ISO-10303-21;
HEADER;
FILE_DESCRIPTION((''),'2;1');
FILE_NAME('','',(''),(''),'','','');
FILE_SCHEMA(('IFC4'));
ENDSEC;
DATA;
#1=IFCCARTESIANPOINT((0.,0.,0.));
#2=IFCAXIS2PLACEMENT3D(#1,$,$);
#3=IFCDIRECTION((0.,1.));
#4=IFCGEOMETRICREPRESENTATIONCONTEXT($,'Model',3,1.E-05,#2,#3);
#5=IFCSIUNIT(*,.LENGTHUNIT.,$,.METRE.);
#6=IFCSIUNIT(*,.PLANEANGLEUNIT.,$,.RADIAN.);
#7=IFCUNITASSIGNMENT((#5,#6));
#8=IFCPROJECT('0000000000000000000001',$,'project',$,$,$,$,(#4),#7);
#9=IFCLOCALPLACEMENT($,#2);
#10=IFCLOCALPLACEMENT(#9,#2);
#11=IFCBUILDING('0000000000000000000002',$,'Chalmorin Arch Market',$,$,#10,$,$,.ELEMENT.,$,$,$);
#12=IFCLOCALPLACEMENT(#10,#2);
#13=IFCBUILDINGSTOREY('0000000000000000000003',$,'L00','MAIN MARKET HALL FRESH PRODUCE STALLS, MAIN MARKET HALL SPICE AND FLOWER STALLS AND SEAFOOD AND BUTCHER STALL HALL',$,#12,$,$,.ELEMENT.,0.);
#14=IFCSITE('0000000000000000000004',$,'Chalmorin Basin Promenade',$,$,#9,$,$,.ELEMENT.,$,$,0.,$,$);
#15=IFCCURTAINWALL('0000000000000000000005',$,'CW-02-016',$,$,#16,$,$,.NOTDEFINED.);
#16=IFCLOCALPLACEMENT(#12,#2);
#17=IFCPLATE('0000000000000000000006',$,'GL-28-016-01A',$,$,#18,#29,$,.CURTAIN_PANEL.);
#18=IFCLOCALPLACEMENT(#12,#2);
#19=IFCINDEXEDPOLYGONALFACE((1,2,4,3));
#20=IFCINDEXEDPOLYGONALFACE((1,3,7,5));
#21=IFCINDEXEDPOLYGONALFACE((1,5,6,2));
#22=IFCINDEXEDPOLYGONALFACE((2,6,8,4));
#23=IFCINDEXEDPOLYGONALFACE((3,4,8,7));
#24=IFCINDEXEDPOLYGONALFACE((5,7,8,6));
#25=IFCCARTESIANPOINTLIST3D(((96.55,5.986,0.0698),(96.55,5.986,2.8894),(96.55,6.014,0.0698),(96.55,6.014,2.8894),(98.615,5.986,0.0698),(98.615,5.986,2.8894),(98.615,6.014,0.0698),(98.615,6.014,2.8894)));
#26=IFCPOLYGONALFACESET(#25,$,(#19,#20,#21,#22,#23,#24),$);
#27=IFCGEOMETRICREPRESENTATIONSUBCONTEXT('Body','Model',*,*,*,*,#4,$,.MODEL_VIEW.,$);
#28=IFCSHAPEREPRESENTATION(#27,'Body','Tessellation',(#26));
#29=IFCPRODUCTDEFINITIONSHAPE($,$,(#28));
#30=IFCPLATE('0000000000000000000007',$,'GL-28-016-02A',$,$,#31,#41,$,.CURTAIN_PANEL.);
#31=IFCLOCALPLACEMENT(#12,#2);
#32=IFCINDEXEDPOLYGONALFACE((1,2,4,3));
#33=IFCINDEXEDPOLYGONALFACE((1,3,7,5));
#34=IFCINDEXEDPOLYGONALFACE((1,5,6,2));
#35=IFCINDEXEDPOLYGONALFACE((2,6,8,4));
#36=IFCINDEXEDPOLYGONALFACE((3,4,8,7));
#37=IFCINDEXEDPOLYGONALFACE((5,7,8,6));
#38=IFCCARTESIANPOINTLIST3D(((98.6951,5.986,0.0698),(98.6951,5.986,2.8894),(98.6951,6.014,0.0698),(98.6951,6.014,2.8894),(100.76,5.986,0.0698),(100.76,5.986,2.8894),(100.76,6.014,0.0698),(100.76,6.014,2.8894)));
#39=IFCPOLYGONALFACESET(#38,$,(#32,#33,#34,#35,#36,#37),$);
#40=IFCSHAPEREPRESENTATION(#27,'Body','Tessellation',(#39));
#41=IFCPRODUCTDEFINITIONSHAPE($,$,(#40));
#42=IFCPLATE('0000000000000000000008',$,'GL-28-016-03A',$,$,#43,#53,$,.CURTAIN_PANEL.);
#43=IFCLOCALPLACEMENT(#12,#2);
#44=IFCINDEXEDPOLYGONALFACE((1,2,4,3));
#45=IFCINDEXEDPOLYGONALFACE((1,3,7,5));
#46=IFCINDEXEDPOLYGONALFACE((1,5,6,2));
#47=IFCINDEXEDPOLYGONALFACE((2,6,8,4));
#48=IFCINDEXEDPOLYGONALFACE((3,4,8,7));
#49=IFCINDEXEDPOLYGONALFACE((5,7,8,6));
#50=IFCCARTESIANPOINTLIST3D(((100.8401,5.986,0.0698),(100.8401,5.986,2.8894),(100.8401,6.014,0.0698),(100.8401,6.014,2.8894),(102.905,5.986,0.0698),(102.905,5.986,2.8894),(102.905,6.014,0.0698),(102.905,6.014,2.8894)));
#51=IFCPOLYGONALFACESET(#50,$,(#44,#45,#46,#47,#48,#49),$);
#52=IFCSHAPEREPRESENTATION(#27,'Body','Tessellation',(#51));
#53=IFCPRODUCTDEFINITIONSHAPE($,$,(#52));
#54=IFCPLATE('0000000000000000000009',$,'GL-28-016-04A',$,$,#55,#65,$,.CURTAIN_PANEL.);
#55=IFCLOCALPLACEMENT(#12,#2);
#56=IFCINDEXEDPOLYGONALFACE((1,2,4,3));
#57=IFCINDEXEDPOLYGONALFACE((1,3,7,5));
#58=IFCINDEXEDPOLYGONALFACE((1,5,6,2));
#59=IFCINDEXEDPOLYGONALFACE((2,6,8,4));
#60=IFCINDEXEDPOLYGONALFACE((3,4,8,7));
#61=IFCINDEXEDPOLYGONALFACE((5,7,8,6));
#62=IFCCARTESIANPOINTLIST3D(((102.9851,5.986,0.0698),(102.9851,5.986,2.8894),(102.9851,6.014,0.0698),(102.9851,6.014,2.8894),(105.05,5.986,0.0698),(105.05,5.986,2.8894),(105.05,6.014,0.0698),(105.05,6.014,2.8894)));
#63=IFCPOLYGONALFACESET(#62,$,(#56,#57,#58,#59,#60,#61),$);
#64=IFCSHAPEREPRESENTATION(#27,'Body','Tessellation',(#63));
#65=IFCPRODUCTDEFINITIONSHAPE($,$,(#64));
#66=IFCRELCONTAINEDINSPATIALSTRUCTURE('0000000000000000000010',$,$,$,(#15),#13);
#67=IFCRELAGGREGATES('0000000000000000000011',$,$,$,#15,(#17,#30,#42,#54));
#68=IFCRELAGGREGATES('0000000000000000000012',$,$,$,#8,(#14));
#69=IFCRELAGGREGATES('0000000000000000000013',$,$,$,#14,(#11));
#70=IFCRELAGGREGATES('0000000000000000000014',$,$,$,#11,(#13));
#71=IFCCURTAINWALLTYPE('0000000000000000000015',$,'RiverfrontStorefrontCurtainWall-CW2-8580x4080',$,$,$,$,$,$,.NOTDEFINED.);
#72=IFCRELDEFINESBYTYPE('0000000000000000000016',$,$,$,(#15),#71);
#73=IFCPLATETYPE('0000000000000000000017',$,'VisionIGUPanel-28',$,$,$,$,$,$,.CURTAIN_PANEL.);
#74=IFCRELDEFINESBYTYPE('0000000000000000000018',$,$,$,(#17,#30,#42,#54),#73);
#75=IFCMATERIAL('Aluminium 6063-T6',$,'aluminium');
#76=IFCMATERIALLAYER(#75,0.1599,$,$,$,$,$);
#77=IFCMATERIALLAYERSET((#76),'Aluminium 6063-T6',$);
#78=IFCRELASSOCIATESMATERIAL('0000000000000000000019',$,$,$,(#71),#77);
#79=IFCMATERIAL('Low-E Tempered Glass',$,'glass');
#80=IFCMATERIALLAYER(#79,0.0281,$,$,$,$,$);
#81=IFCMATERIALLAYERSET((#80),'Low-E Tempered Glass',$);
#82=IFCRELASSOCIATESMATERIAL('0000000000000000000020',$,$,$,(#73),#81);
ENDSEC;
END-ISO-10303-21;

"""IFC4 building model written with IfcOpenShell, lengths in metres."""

from ifc_helpers import new_model, si_unit, direction, frame, origin, origin_2d, place, context, subcontext, project, spatial, rectangle, extrude, material, layer, layer_set, type_object, element, aggregate, save


model = new_model("IFC4")

# Units and contexts
model_context = context("Model", 3, precision=1e-05, world=origin(), true_north=direction((0.0, 1.0)))
body_context = subcontext(model_context, "Body", "Model", "MODEL_VIEW")
ifc_project = project(units=[si_unit("LENGTHUNIT", "METRE"), si_unit("PLANEANGLEUNIT", "RADIAN")], contexts=[model_context])

# Site, building, storey
site_placement = place(None, origin())
site = spatial("IfcSite", under=ifc_project, at=site_placement, Name="Chalmorin Basin Promenade", CompositionType="ELEMENT", RefElevation=0.0)
building_placement = place(site_placement, origin())
building = spatial("IfcBuilding", under=site, at=building_placement, Name="Chalmorin Arch Market", CompositionType="ELEMENT")
storey_placement = place(building_placement, origin())
storey = spatial("IfcBuildingStorey", under=building, at=storey_placement, Name="L00", Description="MAIN MARKET HALL FRESH PRODUCE STALLS, MAIN MARKET HALL SPICE AND FLOWER STALLS AND SEAFOOD AND BUTCHER STALL HALL", CompositionType="ELEMENT", Elevation=0.0)

# Curtain wall
ifc_material_1 = material(Name="Aluminium 6063-T6", Category="aluminium")
ifc_layer_1 = layer(ifc_material_1, 0.1599)
ifc_layer_set_1 = layer_set([ifc_layer_1], Name="Aluminium 6063-T6")
curtain_wall_type = type_object("IfcCurtainWallType", Name="RiverfrontStorefrontCurtainWall-CW2-8580x4080", PredefinedType="NOTDEFINED", material=ifc_layer_set_1)
curtain_wall_placement = place(storey_placement, origin())
curtain_wall = element("IfcCurtainWall", 1, at=curtain_wall_placement, inside=storey, type_object=curtain_wall_type, Name="CW-02-016", PredefinedType="NOTDEFINED")

# Plates
ifc_material_2 = material(Name="Low-E Tempered Glass", Category="glass")
ifc_layer_2 = layer(ifc_material_2, 0.0281)
ifc_layer_set_2 = layer_set([ifc_layer_2], Name="Low-E Tempered Glass")
plate_type_1 = type_object("IfcPlateType", Name="VisionIGUPanel-28", PredefinedType="CURTAIN_PANEL", material=ifc_layer_set_2)
plate_1_placement = place(storey_placement, frame((97.5825, 6.0, 0.0698), z_axis=(0.0, 0.0, 1.0), x_axis=(1.0, 0.0, 0.0)))
plate_1 = element("IfcPlate", 2, at=plate_1_placement, type_object=plate_type_1, Name="GL-28-016-01A", PredefinedType="CURTAIN_PANEL", context=body_context, shape_type="SweptSolid", body=[
    extrude(rectangle(XDim=2.0649, YDim=0.0281, at=origin_2d()), origin(), (0.0, 0.0, 1.0), 2.8196),
])
plate_2_placement = place(storey_placement, frame((99.7275, 6.0, 0.0698), z_axis=(0.0, 0.0, 1.0), x_axis=(1.0, 0.0, 0.0)))
plate_2 = element("IfcPlate", 3, at=plate_2_placement, type_object=plate_type_1, Name="GL-28-016-02A", PredefinedType="CURTAIN_PANEL", context=body_context, shape_type="SweptSolid", body=[
    extrude(rectangle(XDim=2.0649, YDim=0.0281, at=origin_2d()), origin(), (0.0, 0.0, 1.0), 2.8196),
])
plate_3_placement = place(storey_placement, frame((101.8726, 6.0, 0.0698), z_axis=(0.0, 0.0, 1.0), x_axis=(1.0, 0.0, 0.0)))
plate_3 = element("IfcPlate", 4, at=plate_3_placement, type_object=plate_type_1, Name="GL-28-016-03A", PredefinedType="CURTAIN_PANEL", context=body_context, shape_type="SweptSolid", body=[
    extrude(rectangle(XDim=2.0649, YDim=0.0281, at=origin_2d()), origin(), (0.0, 0.0, 1.0), 2.8196),
])
plate_4_placement = place(storey_placement, frame((104.0176, 6.0, 0.0698), z_axis=(0.0, 0.0, 1.0), x_axis=(1.0, 0.0, 0.0)))
plate_4 = element("IfcPlate", 5, at=plate_4_placement, type_object=plate_type_1, Name="GL-28-016-04A", PredefinedType="CURTAIN_PANEL", context=body_context, shape_type="SweptSolid", body=[
    extrude(rectangle(XDim=2.0649, YDim=0.0281, at=origin_2d()), origin(), (0.0, 0.0, 1.0), 2.8196),
])
aggregate(curtain_wall, [plate_1, plate_2, plate_3, plate_4])

save(model, "model.ifc")
